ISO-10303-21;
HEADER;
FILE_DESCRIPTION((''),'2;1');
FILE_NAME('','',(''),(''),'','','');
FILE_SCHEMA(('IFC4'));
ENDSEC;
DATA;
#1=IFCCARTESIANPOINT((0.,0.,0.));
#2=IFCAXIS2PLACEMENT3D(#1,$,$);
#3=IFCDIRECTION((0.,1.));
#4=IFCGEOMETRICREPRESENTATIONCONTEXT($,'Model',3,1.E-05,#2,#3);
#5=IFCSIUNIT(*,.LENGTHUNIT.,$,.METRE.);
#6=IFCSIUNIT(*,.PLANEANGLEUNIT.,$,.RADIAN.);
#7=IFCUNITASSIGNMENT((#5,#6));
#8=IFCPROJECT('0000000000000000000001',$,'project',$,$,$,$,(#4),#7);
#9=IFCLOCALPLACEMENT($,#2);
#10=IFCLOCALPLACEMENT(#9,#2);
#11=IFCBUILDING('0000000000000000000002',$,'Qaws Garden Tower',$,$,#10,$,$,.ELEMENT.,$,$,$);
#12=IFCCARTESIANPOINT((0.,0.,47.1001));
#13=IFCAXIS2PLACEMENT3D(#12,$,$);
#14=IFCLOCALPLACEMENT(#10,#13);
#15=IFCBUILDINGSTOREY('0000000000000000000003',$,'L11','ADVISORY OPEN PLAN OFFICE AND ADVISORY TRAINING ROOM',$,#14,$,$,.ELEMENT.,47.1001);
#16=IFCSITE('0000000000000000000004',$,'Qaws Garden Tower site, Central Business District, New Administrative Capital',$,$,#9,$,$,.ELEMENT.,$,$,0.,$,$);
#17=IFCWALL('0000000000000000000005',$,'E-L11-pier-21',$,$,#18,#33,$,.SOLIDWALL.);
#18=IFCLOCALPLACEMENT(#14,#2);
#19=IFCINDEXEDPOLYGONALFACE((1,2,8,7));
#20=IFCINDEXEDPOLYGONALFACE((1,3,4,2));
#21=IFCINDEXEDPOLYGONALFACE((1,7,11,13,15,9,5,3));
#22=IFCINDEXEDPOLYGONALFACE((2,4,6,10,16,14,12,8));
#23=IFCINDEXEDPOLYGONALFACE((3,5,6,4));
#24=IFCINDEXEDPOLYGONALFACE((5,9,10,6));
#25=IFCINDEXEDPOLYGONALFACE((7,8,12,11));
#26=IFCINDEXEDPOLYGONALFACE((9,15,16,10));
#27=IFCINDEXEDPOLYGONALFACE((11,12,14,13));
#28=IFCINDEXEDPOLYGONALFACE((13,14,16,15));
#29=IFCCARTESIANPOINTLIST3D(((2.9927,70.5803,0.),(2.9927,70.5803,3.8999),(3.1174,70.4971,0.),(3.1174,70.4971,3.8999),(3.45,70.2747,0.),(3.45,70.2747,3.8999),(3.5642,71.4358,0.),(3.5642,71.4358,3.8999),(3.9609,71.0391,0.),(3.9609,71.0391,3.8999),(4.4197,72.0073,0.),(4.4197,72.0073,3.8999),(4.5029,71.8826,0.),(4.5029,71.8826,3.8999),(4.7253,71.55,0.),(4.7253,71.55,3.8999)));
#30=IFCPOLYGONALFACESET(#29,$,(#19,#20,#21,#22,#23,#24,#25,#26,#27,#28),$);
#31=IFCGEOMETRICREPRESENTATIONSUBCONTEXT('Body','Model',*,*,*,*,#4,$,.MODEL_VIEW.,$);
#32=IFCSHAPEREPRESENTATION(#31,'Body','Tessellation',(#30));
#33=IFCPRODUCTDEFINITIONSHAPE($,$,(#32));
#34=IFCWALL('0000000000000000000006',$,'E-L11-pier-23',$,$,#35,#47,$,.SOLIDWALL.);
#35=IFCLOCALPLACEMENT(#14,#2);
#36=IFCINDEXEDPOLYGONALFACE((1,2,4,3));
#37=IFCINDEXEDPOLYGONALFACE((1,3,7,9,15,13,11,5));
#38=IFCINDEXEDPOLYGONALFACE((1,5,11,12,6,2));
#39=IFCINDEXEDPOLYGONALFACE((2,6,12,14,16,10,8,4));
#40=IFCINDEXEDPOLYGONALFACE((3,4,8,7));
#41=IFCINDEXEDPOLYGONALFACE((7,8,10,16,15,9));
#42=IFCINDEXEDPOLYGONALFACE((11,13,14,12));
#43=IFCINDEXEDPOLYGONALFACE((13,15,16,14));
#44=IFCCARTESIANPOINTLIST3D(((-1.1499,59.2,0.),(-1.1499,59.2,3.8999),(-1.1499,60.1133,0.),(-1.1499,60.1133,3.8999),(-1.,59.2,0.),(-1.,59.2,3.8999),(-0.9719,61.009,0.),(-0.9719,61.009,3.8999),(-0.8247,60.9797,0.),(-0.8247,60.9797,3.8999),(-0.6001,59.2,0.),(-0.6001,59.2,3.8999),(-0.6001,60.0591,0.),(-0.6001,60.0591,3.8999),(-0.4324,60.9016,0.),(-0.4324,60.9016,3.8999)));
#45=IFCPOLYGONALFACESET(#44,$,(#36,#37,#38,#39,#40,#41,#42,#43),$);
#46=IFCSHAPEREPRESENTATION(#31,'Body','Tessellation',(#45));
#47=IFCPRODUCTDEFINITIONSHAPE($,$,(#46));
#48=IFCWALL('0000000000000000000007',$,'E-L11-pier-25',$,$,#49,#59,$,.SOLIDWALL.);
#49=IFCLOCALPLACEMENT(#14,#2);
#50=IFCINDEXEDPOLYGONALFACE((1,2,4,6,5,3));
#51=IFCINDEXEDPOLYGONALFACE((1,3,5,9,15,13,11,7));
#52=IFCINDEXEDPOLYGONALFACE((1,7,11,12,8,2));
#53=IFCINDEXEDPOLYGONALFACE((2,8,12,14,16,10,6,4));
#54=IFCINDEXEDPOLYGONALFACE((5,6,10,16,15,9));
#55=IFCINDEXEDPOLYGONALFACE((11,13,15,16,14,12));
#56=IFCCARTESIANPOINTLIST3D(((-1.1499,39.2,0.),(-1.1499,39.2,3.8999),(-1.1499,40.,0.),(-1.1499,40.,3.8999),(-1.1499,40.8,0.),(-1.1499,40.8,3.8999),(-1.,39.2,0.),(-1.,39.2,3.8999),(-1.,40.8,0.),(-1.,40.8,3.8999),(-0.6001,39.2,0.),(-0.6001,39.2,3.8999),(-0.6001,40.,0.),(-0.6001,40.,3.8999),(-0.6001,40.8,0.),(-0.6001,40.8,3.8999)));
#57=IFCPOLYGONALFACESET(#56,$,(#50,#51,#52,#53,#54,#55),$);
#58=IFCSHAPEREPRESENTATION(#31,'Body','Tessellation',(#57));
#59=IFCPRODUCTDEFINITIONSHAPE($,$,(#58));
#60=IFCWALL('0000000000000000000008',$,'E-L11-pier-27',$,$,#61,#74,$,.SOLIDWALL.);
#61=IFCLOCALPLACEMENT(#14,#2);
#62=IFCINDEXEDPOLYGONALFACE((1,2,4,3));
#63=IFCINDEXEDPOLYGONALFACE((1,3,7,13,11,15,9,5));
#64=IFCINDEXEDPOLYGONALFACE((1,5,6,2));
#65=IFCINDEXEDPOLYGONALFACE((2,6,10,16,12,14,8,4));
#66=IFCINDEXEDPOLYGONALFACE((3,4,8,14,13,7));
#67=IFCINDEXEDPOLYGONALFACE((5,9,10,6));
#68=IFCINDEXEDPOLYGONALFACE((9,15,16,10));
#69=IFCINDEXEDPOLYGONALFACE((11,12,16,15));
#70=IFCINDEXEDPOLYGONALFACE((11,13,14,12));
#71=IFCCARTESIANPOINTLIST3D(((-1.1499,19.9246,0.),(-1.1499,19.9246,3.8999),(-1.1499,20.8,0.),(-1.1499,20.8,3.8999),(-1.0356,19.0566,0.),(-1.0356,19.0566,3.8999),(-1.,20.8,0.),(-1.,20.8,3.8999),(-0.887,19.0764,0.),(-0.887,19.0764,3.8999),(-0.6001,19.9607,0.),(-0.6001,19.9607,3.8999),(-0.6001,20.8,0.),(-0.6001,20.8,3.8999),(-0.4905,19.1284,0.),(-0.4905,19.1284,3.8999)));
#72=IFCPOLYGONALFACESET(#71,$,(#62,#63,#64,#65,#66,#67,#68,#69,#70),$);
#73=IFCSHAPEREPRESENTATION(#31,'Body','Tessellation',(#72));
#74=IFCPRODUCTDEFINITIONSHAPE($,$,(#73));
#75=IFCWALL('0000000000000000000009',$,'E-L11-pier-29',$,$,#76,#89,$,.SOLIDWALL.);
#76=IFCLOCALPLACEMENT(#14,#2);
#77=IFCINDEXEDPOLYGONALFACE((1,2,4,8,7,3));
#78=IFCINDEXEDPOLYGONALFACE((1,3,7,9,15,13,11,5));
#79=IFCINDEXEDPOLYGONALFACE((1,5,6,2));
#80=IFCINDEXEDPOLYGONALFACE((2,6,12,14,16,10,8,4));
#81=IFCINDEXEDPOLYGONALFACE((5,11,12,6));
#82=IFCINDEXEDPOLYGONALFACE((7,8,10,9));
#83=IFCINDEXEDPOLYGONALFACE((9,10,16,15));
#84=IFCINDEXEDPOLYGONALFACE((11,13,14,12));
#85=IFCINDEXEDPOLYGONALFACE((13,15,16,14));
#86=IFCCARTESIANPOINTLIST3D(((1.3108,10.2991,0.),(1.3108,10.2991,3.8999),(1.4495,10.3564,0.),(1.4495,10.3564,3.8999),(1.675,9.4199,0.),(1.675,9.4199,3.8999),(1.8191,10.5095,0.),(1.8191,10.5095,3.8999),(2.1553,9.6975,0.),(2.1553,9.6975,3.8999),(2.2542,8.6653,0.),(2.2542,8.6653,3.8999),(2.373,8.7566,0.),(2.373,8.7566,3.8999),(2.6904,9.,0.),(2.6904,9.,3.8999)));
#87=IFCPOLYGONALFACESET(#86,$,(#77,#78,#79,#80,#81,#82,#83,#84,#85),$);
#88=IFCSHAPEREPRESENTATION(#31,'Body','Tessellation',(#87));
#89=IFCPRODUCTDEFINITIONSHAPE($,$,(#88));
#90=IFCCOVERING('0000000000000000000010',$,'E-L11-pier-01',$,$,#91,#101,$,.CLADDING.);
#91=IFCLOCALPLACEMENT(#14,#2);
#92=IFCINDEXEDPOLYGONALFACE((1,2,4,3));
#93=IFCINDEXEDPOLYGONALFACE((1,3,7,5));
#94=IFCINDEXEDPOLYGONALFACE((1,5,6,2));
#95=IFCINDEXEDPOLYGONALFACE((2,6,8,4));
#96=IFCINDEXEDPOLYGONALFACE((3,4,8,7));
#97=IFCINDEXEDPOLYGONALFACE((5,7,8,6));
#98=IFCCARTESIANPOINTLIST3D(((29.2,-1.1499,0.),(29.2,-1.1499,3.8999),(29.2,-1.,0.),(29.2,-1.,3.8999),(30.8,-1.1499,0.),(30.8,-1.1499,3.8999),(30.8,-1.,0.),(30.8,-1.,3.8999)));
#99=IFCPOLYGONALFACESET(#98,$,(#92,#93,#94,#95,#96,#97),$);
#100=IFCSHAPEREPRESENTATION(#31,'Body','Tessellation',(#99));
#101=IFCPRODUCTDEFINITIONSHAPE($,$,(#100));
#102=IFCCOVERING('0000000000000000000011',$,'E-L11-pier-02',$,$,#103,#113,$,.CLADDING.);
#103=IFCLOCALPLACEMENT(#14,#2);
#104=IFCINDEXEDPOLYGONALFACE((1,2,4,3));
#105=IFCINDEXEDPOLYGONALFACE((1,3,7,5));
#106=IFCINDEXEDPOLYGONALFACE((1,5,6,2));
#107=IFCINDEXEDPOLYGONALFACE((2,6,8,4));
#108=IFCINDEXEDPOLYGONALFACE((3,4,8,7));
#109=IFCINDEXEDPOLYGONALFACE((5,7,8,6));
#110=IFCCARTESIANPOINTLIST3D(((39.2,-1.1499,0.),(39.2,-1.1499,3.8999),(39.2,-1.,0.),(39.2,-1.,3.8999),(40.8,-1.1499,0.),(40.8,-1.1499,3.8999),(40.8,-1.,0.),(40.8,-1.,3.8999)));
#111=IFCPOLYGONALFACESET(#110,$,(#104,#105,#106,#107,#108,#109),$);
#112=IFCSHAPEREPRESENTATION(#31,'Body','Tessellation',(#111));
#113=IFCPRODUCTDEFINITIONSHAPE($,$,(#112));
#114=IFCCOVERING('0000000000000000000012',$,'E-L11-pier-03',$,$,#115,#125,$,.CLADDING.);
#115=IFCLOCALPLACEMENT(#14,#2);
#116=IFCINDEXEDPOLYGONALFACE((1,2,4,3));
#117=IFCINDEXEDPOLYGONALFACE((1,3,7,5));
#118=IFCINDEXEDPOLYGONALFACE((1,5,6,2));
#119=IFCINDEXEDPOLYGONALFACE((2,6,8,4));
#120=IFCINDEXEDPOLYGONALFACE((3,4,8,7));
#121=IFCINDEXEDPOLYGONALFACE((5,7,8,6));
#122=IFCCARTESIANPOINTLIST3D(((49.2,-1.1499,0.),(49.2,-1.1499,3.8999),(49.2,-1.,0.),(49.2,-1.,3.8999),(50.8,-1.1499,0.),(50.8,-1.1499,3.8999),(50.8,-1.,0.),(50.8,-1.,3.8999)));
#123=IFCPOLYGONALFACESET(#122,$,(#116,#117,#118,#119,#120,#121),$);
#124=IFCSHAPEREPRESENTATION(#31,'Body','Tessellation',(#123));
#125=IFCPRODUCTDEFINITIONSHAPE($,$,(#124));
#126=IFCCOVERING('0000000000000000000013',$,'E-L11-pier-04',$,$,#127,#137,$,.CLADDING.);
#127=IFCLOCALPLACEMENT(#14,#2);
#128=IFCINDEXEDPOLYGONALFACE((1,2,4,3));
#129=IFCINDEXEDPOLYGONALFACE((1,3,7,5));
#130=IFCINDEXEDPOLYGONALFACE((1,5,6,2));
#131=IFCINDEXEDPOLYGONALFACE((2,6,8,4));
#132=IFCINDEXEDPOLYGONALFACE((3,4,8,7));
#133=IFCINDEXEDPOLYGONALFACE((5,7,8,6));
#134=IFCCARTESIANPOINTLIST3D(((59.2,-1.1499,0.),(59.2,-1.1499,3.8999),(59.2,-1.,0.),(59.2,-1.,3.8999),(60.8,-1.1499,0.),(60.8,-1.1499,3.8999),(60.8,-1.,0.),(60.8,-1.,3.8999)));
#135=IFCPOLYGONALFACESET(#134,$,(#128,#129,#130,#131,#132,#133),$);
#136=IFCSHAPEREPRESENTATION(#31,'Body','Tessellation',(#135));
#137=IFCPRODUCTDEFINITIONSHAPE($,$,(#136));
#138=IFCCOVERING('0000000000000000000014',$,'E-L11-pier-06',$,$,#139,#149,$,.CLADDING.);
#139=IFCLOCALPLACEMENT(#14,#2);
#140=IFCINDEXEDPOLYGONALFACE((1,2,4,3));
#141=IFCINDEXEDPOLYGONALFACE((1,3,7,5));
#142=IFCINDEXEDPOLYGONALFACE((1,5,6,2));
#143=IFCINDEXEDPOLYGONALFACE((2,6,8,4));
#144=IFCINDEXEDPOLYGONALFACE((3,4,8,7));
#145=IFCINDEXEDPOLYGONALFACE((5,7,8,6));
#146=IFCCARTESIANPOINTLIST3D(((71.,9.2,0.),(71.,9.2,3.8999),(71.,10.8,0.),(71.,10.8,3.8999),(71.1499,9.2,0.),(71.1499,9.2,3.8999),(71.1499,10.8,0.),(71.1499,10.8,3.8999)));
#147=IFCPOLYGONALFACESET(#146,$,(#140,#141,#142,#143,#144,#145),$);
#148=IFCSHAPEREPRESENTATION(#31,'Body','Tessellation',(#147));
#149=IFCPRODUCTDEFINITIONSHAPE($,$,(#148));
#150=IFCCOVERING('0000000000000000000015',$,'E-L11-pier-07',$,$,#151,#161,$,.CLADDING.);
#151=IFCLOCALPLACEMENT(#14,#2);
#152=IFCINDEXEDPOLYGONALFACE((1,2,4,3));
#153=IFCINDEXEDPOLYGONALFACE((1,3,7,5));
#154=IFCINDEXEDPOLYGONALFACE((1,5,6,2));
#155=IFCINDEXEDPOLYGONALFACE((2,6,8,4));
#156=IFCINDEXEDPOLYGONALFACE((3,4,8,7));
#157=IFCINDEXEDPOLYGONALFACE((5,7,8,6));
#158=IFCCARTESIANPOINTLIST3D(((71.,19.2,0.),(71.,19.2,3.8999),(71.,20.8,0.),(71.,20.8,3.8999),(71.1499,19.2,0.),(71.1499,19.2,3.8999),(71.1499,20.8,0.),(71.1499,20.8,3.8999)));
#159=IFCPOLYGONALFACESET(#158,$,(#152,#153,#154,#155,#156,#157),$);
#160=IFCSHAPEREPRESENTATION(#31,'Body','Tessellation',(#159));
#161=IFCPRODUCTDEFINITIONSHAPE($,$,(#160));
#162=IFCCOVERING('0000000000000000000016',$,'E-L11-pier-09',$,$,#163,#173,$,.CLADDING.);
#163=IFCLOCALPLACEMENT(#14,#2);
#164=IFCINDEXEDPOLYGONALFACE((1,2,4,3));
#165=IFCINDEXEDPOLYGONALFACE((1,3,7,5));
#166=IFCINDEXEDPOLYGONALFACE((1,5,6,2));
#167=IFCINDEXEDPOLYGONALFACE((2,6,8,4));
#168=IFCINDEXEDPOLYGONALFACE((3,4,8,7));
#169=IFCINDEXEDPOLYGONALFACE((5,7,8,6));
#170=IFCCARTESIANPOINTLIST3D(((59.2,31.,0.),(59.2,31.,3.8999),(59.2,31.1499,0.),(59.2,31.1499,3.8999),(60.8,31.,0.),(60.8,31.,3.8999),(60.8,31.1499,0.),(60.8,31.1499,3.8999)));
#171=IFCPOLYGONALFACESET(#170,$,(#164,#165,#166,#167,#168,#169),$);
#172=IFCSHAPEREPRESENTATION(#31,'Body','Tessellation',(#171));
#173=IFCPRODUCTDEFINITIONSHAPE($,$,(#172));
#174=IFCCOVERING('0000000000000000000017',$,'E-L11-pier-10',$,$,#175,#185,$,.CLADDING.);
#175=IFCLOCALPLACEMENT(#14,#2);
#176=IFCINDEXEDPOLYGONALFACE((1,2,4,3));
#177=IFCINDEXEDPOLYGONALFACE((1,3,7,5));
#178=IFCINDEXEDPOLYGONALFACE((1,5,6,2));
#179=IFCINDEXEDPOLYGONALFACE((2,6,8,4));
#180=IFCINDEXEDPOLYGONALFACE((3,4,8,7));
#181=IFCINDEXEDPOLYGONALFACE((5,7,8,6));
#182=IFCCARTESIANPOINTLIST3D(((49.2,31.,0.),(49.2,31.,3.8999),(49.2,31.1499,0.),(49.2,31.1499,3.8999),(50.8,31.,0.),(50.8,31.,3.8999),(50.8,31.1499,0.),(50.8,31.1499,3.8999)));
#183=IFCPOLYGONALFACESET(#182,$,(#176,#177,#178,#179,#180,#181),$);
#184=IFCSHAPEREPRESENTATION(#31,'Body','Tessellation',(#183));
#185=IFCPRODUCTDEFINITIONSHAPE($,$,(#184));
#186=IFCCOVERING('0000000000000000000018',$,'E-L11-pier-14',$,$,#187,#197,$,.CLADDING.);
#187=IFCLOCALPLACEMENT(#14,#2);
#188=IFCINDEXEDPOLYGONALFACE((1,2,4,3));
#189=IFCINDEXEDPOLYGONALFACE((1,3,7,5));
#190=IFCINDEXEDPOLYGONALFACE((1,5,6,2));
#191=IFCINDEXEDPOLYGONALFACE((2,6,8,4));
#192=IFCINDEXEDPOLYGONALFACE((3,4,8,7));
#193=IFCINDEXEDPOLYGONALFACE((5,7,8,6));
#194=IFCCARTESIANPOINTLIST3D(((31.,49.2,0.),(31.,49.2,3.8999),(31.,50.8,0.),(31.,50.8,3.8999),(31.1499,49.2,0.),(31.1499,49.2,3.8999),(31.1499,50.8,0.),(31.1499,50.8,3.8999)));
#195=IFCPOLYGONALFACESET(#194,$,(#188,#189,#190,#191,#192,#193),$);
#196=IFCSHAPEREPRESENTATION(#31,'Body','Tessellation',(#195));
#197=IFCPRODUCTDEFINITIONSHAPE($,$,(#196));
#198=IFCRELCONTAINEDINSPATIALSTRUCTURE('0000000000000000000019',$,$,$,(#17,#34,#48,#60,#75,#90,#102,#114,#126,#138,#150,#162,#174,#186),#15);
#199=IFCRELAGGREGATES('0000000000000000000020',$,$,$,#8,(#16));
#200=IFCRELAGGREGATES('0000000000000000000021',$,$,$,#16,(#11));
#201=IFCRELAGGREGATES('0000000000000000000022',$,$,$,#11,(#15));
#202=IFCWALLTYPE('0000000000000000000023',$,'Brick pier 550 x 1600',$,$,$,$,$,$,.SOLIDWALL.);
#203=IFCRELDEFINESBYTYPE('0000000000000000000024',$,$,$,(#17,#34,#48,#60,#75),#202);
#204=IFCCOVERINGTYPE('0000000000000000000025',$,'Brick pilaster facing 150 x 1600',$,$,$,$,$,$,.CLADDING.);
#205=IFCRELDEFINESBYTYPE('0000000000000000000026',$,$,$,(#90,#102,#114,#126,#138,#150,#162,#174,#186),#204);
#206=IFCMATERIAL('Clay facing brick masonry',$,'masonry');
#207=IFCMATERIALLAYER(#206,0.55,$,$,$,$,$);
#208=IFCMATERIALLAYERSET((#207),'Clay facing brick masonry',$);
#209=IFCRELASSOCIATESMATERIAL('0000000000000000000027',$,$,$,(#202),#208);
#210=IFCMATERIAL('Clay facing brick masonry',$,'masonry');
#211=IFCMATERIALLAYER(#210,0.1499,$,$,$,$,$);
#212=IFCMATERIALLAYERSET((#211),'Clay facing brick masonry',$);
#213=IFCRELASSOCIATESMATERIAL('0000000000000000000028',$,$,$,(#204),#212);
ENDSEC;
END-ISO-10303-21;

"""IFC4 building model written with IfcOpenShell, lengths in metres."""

from ifc_helpers import new_model, si_unit, direction, frame, origin, place, context, subcontext, project, spatial, polyline, outline, extrude, material, layer, layer_set, type_object, element, save


model = new_model("IFC4")

# Units and contexts
model_context = context("Model", 3, precision=1e-05, world=origin(), true_north=direction((0.0, 1.0)))
body_context = subcontext(model_context, "Body", "Model", "MODEL_VIEW")
ifc_project = project(units=[si_unit("LENGTHUNIT", "METRE"), si_unit("PLANEANGLEUNIT", "RADIAN")], contexts=[model_context])

# Site, building, storey
site_placement = place(None, origin())
site = spatial("IfcSite", under=ifc_project, at=site_placement, Name="Qaws Garden Tower site, Central Business District, New Administrative Capital", CompositionType="ELEMENT", RefElevation=0.0)
building_placement = place(site_placement, origin())
building = spatial("IfcBuilding", under=site, at=building_placement, Name="Qaws Garden Tower", CompositionType="ELEMENT")
storey_placement = place(building_placement, frame((0.0, 0.0, 47.1001)))
storey = spatial("IfcBuildingStorey", under=building, at=storey_placement, Name="L11", Description="ADVISORY OPEN PLAN OFFICE AND ADVISORY TRAINING ROOM", CompositionType="ELEMENT", Elevation=47.1001)

# Walls
placement = place(storey_placement, origin())
ifc_material_1 = material(Name="Clay facing brick masonry", Category="masonry")
ifc_layer_1 = layer(ifc_material_1, 0.55)
ifc_layer_set_1 = layer_set([ifc_layer_1], Name="Clay facing brick masonry")
wall_type_1 = type_object("IfcWallType", Name="Brick pier 550 x 1600", PredefinedType="SOLIDWALL", material=ifc_layer_set_1)
element("IfcWall", 1, at=placement, inside=storey, type_object=wall_type_1, Name="E-L11-pier-21", PredefinedType="SOLIDWALL", context=body_context, shape_type="SweptSolid", body=[
    extrude(outline(polyline([(4.5029, 71.8826), (4.4197, 72.0073), (3.5642, 71.4358), (2.9927, 70.5803), (3.1174, 70.4971), (3.45, 70.2747), (3.9609, 71.0391), (4.7253, 71.55), (4.5029, 71.8826)])), origin(), (0.0, 0.0, 1.0), 3.8999),
])
element("IfcWall", 2, at=placement, inside=storey, type_object=wall_type_1, Name="E-L11-pier-23", PredefinedType="SOLIDWALL", context=body_context, shape_type="SweptSolid", body=[
    extrude(outline(polyline([(-0.8247, 60.9797), (-0.9719, 61.009), (-1.1499, 60.1133), (-1.1499, 59.2), (-1.0, 59.2), (-0.6001, 59.2), (-0.6001, 60.0591), (-0.4324, 60.9016), (-0.8247, 60.9797)])), origin(), (0.0, 0.0, 1.0), 3.8999),
])
element("IfcWall", 3, at=placement, inside=storey, type_object=wall_type_1, Name="E-L11-pier-25", PredefinedType="SOLIDWALL", context=body_context, shape_type="SweptSolid", body=[
    extrude(outline(polyline([(-1.0, 40.8), (-1.1499, 40.8), (-1.1499, 40.0), (-1.1499, 39.2), (-1.0, 39.2), (-0.6001, 39.2), (-0.6001, 40.0), (-0.6001, 40.8), (-1.0, 40.8)])), origin(), (0.0, 0.0, 1.0), 3.8999),
])
element("IfcWall", 4, at=placement, inside=storey, type_object=wall_type_1, Name="E-L11-pier-27", PredefinedType="SOLIDWALL", context=body_context, shape_type="SweptSolid", body=[
    extrude(outline(polyline([(-1.0, 20.8), (-1.1499, 20.8), (-1.1499, 19.9246), (-1.0356, 19.0566), (-0.887, 19.0764), (-0.4905, 19.1284), (-0.6001, 19.9607), (-0.6001, 20.8), (-1.0, 20.8)])), origin(), (0.0, 0.0, 1.0), 3.8999),
])
element("IfcWall", 5, at=placement, inside=storey, type_object=wall_type_1, Name="E-L11-pier-29", PredefinedType="SOLIDWALL", context=body_context, shape_type="SweptSolid", body=[
    extrude(outline(polyline([(1.4495, 10.3564), (1.3108, 10.2991), (1.675, 9.4199), (2.2542, 8.6653), (2.373, 8.7566), (2.6904, 9.0), (2.1553, 9.6975), (1.8191, 10.5095), (1.4495, 10.3564)])), origin(), (0.0, 0.0, 1.0), 3.8999),
])

# Coverings
ifc_material_2 = material(Name="Clay facing brick masonry", Category="masonry")
ifc_layer_2 = layer(ifc_material_2, 0.1499)
ifc_layer_set_2 = layer_set([ifc_layer_2], Name="Clay facing brick masonry")
covering_type = type_object("IfcCoveringType", Name="Brick pilaster facing 150 x 1600", PredefinedType="CLADDING", material=ifc_layer_set_2)
element("IfcCovering", 6, at=placement, inside=storey, type_object=covering_type, Name="E-L11-pier-01", PredefinedType="CLADDING", context=body_context, shape_type="SweptSolid", body=[
    extrude(outline(polyline([(29.2, -1.0), (30.8, -1.0), (30.8, -1.1499), (29.2, -1.1499), (29.2, -1.0)])), origin(), (0.0, 0.0, 1.0), 3.8999),
])
element("IfcCovering", 7, at=placement, inside=storey, type_object=covering_type, Name="E-L11-pier-02", PredefinedType="CLADDING", context=body_context, shape_type="SweptSolid", body=[
    extrude(outline(polyline([(39.2, -1.0), (40.8, -1.0), (40.8, -1.1499), (39.2, -1.1499), (39.2, -1.0)])), origin(), (0.0, 0.0, 1.0), 3.8999),
])
element("IfcCovering", 8, at=placement, inside=storey, type_object=covering_type, Name="E-L11-pier-03", PredefinedType="CLADDING", context=body_context, shape_type="SweptSolid", body=[
    extrude(outline(polyline([(49.2, -1.0), (50.8, -1.0), (50.8, -1.1499), (49.2, -1.1499), (49.2, -1.0)])), origin(), (0.0, 0.0, 1.0), 3.8999),
])
element("IfcCovering", 9, at=placement, inside=storey, type_object=covering_type, Name="E-L11-pier-04", PredefinedType="CLADDING", context=body_context, shape_type="SweptSolid", body=[
    extrude(outline(polyline([(59.2, -1.0), (60.8, -1.0), (60.8, -1.1499), (59.2, -1.1499), (59.2, -1.0)])), origin(), (0.0, 0.0, 1.0), 3.8999),
])
element("IfcCovering", 10, at=placement, inside=storey, type_object=covering_type, Name="E-L11-pier-06", PredefinedType="CLADDING", context=body_context, shape_type="SweptSolid", body=[
    extrude(outline(polyline([(71.0, 9.2), (71.0, 10.8), (71.1499, 10.8), (71.1499, 9.2), (71.0, 9.2)])), origin(), (0.0, 0.0, 1.0), 3.8999),
])
element("IfcCovering", 11, at=placement, inside=storey, type_object=covering_type, Name="E-L11-pier-07", PredefinedType="CLADDING", context=body_context, shape_type="SweptSolid", body=[
    extrude(outline(polyline([(71.0, 19.2), (71.0, 20.8), (71.1499, 20.8), (71.1499, 19.2), (71.0, 19.2)])), origin(), (0.0, 0.0, 1.0), 3.8999),
])
element("IfcCovering", 12, at=placement, inside=storey, type_object=covering_type, Name="E-L11-pier-09", PredefinedType="CLADDING", context=body_context, shape_type="SweptSolid", body=[
    extrude(outline(polyline([(60.8, 31.0), (59.2, 31.0), (59.2, 31.1499), (60.8, 31.1499), (60.8, 31.0)])), origin(), (0.0, 0.0, 1.0), 3.8999),
])
element("IfcCovering", 13, at=placement, inside=storey, type_object=covering_type, Name="E-L11-pier-10", PredefinedType="CLADDING", context=body_context, shape_type="SweptSolid", body=[
    extrude(outline(polyline([(50.8, 31.0), (49.2, 31.0), (49.2, 31.1499), (50.8, 31.1499), (50.8, 31.0)])), origin(), (0.0, 0.0, 1.0), 3.8999),
])
element("IfcCovering", 14, at=placement, inside=storey, type_object=covering_type, Name="E-L11-pier-14", PredefinedType="CLADDING", context=body_context, shape_type="SweptSolid", body=[
    extrude(outline(polyline([(31.0, 49.2), (31.0, 50.8), (31.1499, 50.8), (31.1499, 49.2), (31.0, 49.2)])), origin(), (0.0, 0.0, 1.0), 3.8999),
])

save(model, "model.ifc")
